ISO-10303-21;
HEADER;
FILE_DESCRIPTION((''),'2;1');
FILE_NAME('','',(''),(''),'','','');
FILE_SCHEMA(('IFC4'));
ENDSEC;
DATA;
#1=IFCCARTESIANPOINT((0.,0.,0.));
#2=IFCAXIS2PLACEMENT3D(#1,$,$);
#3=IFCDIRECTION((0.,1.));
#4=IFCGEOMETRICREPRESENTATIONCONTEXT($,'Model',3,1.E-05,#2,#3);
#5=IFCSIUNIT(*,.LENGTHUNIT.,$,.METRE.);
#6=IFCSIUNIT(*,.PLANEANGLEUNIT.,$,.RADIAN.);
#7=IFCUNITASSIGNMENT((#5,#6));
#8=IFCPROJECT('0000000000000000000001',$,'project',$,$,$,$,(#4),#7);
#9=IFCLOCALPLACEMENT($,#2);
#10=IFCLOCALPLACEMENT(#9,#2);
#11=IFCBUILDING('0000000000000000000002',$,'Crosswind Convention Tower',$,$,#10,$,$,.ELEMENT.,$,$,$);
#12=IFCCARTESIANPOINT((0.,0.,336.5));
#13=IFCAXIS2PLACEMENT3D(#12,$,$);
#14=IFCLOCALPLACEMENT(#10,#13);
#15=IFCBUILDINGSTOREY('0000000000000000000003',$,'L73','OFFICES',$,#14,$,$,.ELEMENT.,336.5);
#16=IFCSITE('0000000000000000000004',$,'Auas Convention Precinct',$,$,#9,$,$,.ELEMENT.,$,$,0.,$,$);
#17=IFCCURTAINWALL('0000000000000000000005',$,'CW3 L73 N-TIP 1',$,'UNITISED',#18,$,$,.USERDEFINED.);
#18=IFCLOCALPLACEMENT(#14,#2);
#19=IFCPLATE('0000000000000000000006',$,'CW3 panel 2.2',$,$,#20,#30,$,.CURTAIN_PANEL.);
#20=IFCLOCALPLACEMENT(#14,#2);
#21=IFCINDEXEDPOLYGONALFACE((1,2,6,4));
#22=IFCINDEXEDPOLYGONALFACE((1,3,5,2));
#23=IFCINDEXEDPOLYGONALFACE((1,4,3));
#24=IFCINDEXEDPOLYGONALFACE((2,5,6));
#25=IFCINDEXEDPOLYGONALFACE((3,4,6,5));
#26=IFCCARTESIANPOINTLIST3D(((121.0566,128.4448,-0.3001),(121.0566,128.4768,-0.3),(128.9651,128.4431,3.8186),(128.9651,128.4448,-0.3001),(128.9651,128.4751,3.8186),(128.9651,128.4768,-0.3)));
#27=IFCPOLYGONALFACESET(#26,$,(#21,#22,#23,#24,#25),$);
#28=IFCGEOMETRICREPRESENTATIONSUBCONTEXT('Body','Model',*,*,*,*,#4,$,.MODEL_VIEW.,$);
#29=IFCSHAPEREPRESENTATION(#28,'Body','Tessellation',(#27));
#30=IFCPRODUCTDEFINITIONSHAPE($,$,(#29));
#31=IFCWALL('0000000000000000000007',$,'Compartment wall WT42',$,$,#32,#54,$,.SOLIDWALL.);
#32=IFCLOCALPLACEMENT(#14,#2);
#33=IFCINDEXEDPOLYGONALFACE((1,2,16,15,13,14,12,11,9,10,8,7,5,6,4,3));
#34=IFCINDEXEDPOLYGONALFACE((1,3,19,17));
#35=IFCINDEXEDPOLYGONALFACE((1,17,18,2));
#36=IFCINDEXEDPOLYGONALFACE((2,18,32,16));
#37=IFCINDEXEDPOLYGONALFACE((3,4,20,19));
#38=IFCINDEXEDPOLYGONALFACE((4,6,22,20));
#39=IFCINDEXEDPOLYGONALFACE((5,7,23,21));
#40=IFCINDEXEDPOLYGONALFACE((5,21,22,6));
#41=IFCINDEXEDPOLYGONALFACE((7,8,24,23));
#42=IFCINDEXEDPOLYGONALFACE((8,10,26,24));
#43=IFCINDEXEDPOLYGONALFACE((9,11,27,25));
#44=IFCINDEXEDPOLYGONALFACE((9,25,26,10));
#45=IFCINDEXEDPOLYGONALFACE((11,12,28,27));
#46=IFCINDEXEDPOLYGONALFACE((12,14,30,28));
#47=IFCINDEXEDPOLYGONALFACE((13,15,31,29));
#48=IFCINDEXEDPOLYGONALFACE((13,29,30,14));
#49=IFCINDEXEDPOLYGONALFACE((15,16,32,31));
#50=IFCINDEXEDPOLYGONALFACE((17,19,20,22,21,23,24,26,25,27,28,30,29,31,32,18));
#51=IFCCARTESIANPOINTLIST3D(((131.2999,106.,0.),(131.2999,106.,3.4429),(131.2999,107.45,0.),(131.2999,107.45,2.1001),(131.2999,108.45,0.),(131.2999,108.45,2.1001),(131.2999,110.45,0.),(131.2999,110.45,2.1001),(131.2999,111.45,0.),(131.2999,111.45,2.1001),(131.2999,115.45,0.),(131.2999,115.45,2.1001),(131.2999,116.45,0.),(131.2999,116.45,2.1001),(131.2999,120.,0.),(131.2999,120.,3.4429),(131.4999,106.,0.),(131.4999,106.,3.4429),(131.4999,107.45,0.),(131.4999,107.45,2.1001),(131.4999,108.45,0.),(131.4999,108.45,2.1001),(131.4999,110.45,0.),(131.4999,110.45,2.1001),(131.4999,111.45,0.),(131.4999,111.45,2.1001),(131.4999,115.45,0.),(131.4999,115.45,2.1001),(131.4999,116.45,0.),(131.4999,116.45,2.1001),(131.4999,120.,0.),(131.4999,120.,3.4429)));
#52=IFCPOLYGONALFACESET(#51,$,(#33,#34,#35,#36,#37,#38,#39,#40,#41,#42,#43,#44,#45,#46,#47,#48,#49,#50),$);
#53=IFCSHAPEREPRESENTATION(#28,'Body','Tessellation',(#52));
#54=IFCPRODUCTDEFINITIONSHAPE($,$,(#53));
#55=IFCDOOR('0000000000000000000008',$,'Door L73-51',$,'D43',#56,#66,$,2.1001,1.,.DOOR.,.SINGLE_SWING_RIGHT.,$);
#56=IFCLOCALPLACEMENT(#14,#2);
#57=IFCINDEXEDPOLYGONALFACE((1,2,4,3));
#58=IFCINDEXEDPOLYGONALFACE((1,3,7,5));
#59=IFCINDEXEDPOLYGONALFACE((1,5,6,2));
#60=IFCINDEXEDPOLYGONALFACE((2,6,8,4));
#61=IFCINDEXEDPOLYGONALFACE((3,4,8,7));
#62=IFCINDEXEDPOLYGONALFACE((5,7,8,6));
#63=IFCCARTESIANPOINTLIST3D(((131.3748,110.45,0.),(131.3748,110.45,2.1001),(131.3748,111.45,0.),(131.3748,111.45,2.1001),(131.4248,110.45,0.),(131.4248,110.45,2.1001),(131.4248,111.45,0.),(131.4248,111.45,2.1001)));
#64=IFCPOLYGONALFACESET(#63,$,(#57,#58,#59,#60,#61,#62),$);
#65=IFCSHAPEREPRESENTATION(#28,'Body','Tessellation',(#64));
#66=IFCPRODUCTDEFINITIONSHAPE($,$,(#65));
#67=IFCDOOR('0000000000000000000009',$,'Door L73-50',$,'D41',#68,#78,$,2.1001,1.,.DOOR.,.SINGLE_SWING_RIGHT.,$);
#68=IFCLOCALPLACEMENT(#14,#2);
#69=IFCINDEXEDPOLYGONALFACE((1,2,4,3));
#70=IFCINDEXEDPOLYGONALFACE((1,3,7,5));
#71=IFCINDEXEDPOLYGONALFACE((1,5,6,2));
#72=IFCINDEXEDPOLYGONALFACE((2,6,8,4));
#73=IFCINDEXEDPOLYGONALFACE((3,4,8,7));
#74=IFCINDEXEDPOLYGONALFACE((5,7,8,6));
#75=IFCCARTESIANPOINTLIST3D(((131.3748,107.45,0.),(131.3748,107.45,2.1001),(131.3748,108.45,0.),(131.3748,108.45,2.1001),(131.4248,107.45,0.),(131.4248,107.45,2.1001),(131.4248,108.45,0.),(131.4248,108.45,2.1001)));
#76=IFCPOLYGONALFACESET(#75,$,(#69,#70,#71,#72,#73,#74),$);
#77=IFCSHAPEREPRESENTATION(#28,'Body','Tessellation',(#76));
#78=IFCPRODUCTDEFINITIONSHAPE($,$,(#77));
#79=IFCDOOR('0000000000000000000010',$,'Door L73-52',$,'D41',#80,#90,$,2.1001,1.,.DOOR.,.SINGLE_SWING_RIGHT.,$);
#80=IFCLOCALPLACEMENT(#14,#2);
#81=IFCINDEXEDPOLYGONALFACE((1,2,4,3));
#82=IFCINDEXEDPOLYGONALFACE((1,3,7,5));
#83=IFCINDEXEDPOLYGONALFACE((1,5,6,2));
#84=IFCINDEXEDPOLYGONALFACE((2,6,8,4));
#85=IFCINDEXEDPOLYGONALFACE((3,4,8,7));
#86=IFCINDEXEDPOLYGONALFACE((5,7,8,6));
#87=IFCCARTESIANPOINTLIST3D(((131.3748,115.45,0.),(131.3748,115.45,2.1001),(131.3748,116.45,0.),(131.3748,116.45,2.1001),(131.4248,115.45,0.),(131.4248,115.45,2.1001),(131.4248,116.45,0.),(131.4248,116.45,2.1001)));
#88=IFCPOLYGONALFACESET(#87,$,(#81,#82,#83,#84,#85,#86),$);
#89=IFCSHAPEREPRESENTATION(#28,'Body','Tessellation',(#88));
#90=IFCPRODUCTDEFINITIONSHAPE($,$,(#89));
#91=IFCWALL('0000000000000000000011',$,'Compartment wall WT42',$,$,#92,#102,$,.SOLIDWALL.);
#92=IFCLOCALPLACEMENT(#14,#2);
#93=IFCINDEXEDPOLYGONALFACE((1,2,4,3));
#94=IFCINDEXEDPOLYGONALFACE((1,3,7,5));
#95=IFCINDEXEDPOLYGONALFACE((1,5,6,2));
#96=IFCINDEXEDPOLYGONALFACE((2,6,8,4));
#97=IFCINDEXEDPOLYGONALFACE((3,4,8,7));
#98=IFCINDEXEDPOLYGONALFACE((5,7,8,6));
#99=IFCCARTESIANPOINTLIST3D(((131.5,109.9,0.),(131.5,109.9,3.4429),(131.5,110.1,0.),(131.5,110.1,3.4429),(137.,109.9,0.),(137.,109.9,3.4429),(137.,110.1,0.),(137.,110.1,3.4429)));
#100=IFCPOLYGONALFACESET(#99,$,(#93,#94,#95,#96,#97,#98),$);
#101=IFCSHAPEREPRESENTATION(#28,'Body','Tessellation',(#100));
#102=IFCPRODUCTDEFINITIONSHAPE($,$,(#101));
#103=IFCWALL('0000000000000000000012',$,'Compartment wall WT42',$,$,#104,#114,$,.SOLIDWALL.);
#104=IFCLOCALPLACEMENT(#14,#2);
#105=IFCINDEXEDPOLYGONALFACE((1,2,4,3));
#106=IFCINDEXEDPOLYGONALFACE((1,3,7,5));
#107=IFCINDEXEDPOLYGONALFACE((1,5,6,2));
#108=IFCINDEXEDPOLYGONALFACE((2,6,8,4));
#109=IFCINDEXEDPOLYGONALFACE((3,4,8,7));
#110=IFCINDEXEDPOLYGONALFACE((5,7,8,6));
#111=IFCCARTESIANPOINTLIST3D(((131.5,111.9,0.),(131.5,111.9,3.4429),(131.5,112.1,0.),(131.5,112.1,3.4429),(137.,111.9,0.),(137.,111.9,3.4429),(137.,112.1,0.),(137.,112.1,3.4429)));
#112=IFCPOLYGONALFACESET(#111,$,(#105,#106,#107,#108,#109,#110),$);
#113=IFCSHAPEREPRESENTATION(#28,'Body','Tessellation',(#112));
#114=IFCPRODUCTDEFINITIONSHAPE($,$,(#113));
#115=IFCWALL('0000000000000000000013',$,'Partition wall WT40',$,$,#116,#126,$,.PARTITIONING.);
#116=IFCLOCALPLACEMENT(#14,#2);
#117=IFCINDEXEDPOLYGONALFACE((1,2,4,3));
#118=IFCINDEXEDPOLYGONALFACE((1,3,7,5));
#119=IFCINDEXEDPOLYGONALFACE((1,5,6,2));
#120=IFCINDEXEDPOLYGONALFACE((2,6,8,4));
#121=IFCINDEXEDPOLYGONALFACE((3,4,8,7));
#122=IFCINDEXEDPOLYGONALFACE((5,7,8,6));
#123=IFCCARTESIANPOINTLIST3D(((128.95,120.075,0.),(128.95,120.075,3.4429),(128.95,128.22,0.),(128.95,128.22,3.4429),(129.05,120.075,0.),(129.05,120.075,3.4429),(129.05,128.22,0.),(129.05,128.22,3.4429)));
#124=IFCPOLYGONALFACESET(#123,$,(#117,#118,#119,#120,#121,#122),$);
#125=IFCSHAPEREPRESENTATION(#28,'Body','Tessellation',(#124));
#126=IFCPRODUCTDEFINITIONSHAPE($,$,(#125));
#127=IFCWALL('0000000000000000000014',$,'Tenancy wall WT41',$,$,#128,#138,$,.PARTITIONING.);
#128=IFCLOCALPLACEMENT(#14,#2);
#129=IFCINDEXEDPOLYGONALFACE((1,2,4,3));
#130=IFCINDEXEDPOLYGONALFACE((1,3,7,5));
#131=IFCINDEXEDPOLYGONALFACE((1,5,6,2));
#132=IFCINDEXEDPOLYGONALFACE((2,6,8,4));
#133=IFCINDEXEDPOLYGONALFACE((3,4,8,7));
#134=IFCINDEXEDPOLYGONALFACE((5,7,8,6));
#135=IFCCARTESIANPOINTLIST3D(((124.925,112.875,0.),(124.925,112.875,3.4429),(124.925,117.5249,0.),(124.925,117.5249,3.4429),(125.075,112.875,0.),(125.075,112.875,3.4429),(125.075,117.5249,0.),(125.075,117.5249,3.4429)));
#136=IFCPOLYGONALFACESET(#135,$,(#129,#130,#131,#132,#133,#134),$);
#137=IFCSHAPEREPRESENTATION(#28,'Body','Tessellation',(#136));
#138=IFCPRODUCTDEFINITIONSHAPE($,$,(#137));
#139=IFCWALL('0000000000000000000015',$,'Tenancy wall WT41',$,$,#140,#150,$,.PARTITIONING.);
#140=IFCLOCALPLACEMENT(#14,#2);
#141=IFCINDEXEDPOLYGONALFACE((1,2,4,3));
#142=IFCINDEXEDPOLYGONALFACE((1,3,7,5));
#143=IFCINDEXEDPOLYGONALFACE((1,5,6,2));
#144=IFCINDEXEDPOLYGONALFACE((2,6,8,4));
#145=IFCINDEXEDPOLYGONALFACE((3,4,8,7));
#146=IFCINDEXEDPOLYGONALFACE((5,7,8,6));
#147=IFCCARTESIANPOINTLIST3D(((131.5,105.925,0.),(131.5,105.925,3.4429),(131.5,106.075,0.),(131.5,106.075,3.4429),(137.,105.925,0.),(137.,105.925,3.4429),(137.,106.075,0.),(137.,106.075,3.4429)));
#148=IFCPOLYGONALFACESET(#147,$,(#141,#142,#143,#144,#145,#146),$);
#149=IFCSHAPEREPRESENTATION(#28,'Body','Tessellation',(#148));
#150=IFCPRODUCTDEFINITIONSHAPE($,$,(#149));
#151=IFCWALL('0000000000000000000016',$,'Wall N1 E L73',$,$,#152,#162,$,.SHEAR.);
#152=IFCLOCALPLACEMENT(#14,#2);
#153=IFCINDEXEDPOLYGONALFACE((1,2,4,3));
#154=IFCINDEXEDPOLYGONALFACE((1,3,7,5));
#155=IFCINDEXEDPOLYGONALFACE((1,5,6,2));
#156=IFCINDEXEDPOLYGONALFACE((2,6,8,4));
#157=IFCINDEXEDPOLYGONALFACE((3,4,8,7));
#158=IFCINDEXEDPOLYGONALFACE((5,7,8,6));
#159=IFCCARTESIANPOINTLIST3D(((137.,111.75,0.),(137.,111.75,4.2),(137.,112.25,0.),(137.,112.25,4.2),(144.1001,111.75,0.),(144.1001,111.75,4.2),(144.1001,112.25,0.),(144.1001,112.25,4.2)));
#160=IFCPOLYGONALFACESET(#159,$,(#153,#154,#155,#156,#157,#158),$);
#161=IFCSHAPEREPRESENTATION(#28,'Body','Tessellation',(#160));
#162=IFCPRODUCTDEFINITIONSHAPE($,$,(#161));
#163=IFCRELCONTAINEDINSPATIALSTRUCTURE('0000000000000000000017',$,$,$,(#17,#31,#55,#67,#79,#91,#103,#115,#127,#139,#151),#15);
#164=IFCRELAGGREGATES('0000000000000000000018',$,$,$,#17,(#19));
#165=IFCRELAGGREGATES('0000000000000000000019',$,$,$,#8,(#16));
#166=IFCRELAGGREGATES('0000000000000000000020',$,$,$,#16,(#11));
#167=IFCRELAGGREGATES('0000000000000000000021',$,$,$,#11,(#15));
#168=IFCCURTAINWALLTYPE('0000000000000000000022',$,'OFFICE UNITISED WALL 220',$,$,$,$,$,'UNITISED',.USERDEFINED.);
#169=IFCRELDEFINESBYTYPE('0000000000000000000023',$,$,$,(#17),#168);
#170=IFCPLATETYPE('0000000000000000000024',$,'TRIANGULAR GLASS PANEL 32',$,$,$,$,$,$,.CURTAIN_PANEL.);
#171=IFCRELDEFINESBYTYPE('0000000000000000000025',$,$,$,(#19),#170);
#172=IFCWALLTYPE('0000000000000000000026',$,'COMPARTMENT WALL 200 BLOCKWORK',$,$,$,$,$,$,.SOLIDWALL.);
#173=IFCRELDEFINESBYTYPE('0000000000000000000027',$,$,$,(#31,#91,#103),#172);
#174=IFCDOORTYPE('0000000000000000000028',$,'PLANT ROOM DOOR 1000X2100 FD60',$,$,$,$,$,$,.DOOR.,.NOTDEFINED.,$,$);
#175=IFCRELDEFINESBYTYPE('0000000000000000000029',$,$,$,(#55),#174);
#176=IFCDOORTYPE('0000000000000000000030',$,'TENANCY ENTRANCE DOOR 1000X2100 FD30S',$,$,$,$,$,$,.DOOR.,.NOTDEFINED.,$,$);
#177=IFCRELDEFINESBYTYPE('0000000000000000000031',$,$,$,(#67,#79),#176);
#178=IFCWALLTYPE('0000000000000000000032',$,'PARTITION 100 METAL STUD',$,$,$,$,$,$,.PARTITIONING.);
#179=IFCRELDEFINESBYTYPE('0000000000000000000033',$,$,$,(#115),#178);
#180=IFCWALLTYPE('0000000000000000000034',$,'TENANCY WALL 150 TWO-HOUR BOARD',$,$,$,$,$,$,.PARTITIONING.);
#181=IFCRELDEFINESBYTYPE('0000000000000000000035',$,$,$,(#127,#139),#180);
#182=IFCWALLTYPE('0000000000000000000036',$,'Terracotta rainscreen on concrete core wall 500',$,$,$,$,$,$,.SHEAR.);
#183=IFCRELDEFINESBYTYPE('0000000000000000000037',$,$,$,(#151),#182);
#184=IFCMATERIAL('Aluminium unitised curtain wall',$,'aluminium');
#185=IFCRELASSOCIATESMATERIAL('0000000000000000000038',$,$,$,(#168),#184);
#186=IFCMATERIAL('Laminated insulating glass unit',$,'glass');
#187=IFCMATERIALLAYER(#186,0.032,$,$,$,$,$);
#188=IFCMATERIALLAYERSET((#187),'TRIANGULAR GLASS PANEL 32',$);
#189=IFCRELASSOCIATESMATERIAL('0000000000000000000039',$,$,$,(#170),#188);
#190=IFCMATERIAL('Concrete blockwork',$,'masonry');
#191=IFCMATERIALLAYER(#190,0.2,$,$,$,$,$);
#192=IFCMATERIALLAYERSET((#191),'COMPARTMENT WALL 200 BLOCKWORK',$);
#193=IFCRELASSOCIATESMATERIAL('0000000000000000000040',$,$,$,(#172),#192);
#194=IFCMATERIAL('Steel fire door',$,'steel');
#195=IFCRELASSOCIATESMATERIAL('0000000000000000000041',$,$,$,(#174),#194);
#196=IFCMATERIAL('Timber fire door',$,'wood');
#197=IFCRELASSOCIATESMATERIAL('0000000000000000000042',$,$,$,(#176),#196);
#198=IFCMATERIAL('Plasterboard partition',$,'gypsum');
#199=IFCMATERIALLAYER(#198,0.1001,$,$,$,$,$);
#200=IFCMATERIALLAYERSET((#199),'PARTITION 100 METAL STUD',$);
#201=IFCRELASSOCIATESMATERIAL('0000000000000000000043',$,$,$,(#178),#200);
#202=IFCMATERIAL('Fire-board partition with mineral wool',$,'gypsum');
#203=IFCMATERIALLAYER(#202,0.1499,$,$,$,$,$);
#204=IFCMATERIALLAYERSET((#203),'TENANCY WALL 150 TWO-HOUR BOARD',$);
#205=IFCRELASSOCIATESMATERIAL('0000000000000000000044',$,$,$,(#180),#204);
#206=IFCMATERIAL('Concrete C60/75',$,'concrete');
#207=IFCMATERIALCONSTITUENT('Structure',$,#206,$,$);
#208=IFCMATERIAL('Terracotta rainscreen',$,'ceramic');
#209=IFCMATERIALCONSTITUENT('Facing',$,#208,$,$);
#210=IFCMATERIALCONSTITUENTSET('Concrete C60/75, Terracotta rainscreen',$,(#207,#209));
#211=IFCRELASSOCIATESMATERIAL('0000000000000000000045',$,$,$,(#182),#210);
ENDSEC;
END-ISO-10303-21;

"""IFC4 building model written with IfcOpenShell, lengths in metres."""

from ifc_helpers import new_model, si_unit, direction, frame, frame_2d, origin, place, context, subcontext, project, spatial, polyline, rectangle, outline, extrude, material, layer, layer_set, constituent, constituent_set, type_object, element, fill, aggregate, save


model = new_model("IFC4")

# Units and contexts
model_context = context("Model", 3, precision=1e-05, world=origin(), true_north=direction((0.0, 1.0)))
body_context = subcontext(model_context, "Body", "Model", "MODEL_VIEW")
ifc_project = project(units=[si_unit("LENGTHUNIT", "METRE"), si_unit("PLANEANGLEUNIT", "RADIAN")], contexts=[model_context])

# Site, building, storey
site_placement = place(None, origin())
site = spatial("IfcSite", under=ifc_project, at=site_placement, Name="Auas Convention Precinct", CompositionType="ELEMENT", RefElevation=0.0)
building_placement = place(site_placement, origin())
building = spatial("IfcBuilding", under=site, at=building_placement, Name="Crosswind Convention Tower", CompositionType="ELEMENT")
storey_placement = place(building_placement, frame((0.0, 0.0, 336.5)))
storey = spatial("IfcBuildingStorey", under=building, at=storey_placement, Name="L73", Description="OFFICES", CompositionType="ELEMENT", Elevation=336.5)

# Shared definitions
ifc_material_1 = material(Name="Concrete C60/75", Category="concrete")

# Curtain wall
ifc_material_2 = material(Name="Aluminium unitised curtain wall", Category="aluminium")
curtain_wall_type = type_object("IfcCurtainWallType", Name="OFFICE UNITISED WALL 220", ElementType="UNITISED", PredefinedType="USERDEFINED", material=ifc_material_2)
curtain_wall_placement = place(storey_placement, origin())
curtain_wall = element("IfcCurtainWall", 1, at=curtain_wall_placement, inside=storey, type_object=curtain_wall_type, Name="CW3 L73 N-TIP 1", ObjectType="UNITISED", PredefinedType="USERDEFINED")

# Plate
ifc_material_3 = material(Name="Laminated insulating glass unit", Category="glass")
ifc_layer_1 = layer(ifc_material_3, 0.032)
ifc_layer_set_1 = layer_set([ifc_layer_1], Name="TRIANGULAR GLASS PANEL 32")
plate_type = type_object("IfcPlateType", Name="TRIANGULAR GLASS PANEL 32", PredefinedType="CURTAIN_PANEL", material=ifc_layer_set_1)
plate_1_placement = place(storey_placement, frame((128.9651, 128.4768, -0.3), z_axis=(0.0, 1.0, 0.000415), x_axis=(-1.0, 0.0, 0.0)))
plate_1 = element("IfcPlate", 2, at=plate_1_placement, type_object=plate_type, Name="CW3 panel 2.2", PredefinedType="CURTAIN_PANEL", context=body_context, shape_type="SweptSolid", body=[
    extrude(outline(polyline([(0.0, 0.0), (7.9084, 0.0), (0.0, 4.1187), (0.0, 0.0)])), origin(), (0.0, 0.0, -1.0), 0.032),
])
aggregate(curtain_wall, [plate_1])

# Wall, openings, doors
ifc_material_4 = material(Name="Concrete blockwork", Category="masonry")
ifc_layer_2 = layer(ifc_material_4, 0.2)
ifc_layer_set_2 = layer_set([ifc_layer_2], Name="COMPARTMENT WALL 200 BLOCKWORK")
wall_type_1 = type_object("IfcWallType", Name="COMPARTMENT WALL 200 BLOCKWORK", PredefinedType="SOLIDWALL", material=ifc_layer_set_2)
wall_1_placement = place(storey_placement, frame((131.3999, 106.0, 0.0), z_axis=(0.0, 0.0, 1.0), x_axis=(0.0, 1.0, 0.0)))
wall_1 = element("IfcWall", 3, at=wall_1_placement, inside=storey, type_object=wall_type_1, Name="Compartment wall WT42", PredefinedType="SOLIDWALL", context=body_context, shape_type="SweptSolid", body=[
    extrude(rectangle(XDim=14.0, YDim=0.2, at=frame_2d((7.0, 0.0))), origin(), (0.0, 0.0, 1.0), 3.4429),
])
opening_1_placement = place(wall_1_placement, frame((1.45, 0.0, 0.0)))
opening_1 = element("IfcOpeningElement", 4, at=opening_1_placement, cuts=wall_1, PredefinedType="OPENING", context=body_context, shape_type="SweptSolid", body=[
    extrude(rectangle(XDim=1.0, YDim=2.1001, at=frame_2d((0.5, 1.05))), frame((0.0, 0.1099, 0.0), z_axis=(0.0, -1.0, 0.0), x_axis=(1.0, 0.0, 0.0)), (0.0, 0.0, 1.0), 0.22),
])
opening_2_placement = place(wall_1_placement, frame((4.45, 0.0, 0.0)))
opening_2 = element("IfcOpeningElement", 5, at=opening_2_placement, cuts=wall_1, PredefinedType="OPENING", context=body_context, shape_type="SweptSolid", body=[
    extrude(rectangle(XDim=1.0, YDim=2.1001, at=frame_2d((0.5, 1.05))), frame((0.0, 0.1099, 0.0), z_axis=(0.0, -1.0, 0.0), x_axis=(1.0, 0.0, 0.0)), (0.0, 0.0, 1.0), 0.22),
])
opening_3_placement = place(wall_1_placement, frame((9.45, 0.0, 0.0)))
opening_3 = element("IfcOpeningElement", 6, at=opening_3_placement, cuts=wall_1, PredefinedType="OPENING", context=body_context, shape_type="SweptSolid", body=[
    extrude(rectangle(XDim=1.0, YDim=2.1001, at=frame_2d((0.5, 1.05))), frame((0.0, 0.1099, 0.0), z_axis=(0.0, -1.0, 0.0), x_axis=(1.0, 0.0, 0.0)), (0.0, 0.0, 1.0), 0.22),
])
ifc_material_5 = material(Name="Steel fire door", Category="steel")
door_type_1 = type_object("IfcDoorType", Name="PLANT ROOM DOOR 1000X2100 FD60", OperationType="NOTDEFINED", PredefinedType="DOOR", material=ifc_material_5)
door_1_placement = place(opening_2_placement, frame((1.0, 0.0, 0.0), z_axis=(0.0, 0.0, 1.0), x_axis=(-1.0, 0.0, 0.0)))
door_1 = element("IfcDoor", 7, at=door_1_placement, inside=storey, type_object=door_type_1, Name="Door L73-51", ObjectType="D43", OperationType="SINGLE_SWING_RIGHT", OverallHeight=2.1001, OverallWidth=1.0, PredefinedType="DOOR", context=body_context, shape_type="SweptSolid", body=[
    extrude(rectangle(XDim=1.0, YDim=2.1001, at=frame_2d((0.5, 1.05))), frame((0.0, 0.0249, 0.0), z_axis=(0.0, -1.0, 0.0), x_axis=(1.0, 0.0, 0.0)), (0.0, 0.0, 1.0), 0.05),
])
fill(opening_2, door_1)
ifc_material_6 = material(Name="Timber fire door", Category="wood")
door_type_2 = type_object("IfcDoorType", Name="TENANCY ENTRANCE DOOR 1000X2100 FD30S", OperationType="NOTDEFINED", PredefinedType="DOOR", material=ifc_material_6)
door_2_placement = place(opening_1_placement, frame((1.0, 0.0, 0.0), z_axis=(0.0, 0.0, 1.0), x_axis=(-1.0, 0.0, 0.0)))
door_2 = element("IfcDoor", 8, at=door_2_placement, inside=storey, type_object=door_type_2, Name="Door L73-50", ObjectType="D41", OperationType="SINGLE_SWING_RIGHT", OverallHeight=2.1001, OverallWidth=1.0, PredefinedType="DOOR", context=body_context, shape_type="SweptSolid", body=[
    extrude(rectangle(XDim=1.0, YDim=2.1001, at=frame_2d((0.5, 1.05))), frame((0.0, 0.0249, 0.0), z_axis=(0.0, -1.0, 0.0), x_axis=(1.0, 0.0, 0.0)), (0.0, 0.0, 1.0), 0.05),
])
fill(opening_1, door_2)
door_3_placement = place(opening_3_placement, frame((1.0, 0.0, 0.0), z_axis=(0.0, 0.0, 1.0), x_axis=(-1.0, 0.0, 0.0)))
door_3 = element("IfcDoor", 9, at=door_3_placement, inside=storey, type_object=door_type_2, Name="Door L73-52", ObjectType="D41", OperationType="SINGLE_SWING_RIGHT", OverallHeight=2.1001, OverallWidth=1.0, PredefinedType="DOOR", context=body_context, shape_type="SweptSolid", body=[
    extrude(rectangle(XDim=1.0, YDim=2.1001, at=frame_2d((0.5, 1.05))), frame((0.0, 0.0249, 0.0), z_axis=(0.0, -1.0, 0.0), x_axis=(1.0, 0.0, 0.0)), (0.0, 0.0, 1.0), 0.05),
])
fill(opening_3, door_3)

# Walls
for number, where, z_axis, x_axis, name in (
    (10, (131.5, 110.0, 0.0), (0.0, 0.0, 1.0), (1.0, 0.0, 0.0), "Compartment wall WT42"),
    (11, (131.5, 112.0, 0.0), (0.0, 0.0, 1.0), (1.0, 0.0, 0.0), "Compartment wall WT42"),
):
    element("IfcWall", number, at=place(storey_placement, frame(where, z_axis=z_axis, x_axis=x_axis)), inside=storey, type_object=wall_type_1, Name=name, PredefinedType="SOLIDWALL", context=body_context, shape_type="SweptSolid", body=[
        extrude(rectangle(XDim=5.5, YDim=0.2, at=frame_2d((2.75, 0.0))), origin(), (0.0, 0.0, 1.0), 3.4429),
    ])
ifc_material_7 = material(Name="Plasterboard partition", Category="gypsum")
ifc_layer_3 = layer(ifc_material_7, 0.1001)
ifc_layer_set_3 = layer_set([ifc_layer_3], Name="PARTITION 100 METAL STUD")
wall_type_2 = type_object("IfcWallType", Name="PARTITION 100 METAL STUD", PredefinedType="PARTITIONING", material=ifc_layer_set_3)
wall_2_placement = place(storey_placement, frame((129.0, 120.075, 0.0), z_axis=(0.0, 0.0, 1.0), x_axis=(0.0, 1.0, 0.0)))
element("IfcWall", 12, at=wall_2_placement, inside=storey, type_object=wall_type_2, Name="Partition wall WT40", PredefinedType="PARTITIONING", context=body_context, shape_type="SweptSolid", body=[
    extrude(rectangle(XDim=8.145, YDim=0.1001, at=frame_2d((4.0725, 0.0))), origin(), (0.0, 0.0, 1.0), 3.4429),
])
ifc_material_8 = material(Name="Fire-board partition with mineral wool", Category="gypsum")
ifc_layer_4 = layer(ifc_material_8, 0.1499)
ifc_layer_set_4 = layer_set([ifc_layer_4], Name="TENANCY WALL 150 TWO-HOUR BOARD")
wall_type_3 = type_object("IfcWallType", Name="TENANCY WALL 150 TWO-HOUR BOARD", PredefinedType="PARTITIONING", material=ifc_layer_set_4)
wall_3_placement = place(storey_placement, frame((125.0, 112.875, 0.0), z_axis=(0.0, 0.0, 1.0), x_axis=(0.0, 1.0, 0.0)))
element("IfcWall", 13, at=wall_3_placement, inside=storey, type_object=wall_type_3, Name="Tenancy wall WT41", PredefinedType="PARTITIONING", context=body_context, shape_type="SweptSolid", body=[
    extrude(rectangle(XDim=4.6499, YDim=0.1499, at=frame_2d((2.325, 0.0))), origin(), (0.0, 0.0, 1.0), 3.4429),
])
wall_4_placement = place(storey_placement, frame((131.5, 106.0, 0.0), z_axis=(0.0, 0.0, 1.0), x_axis=(1.0, 0.0, 0.0)))
element("IfcWall", 14, at=wall_4_placement, inside=storey, type_object=wall_type_3, Name="Tenancy wall WT41", PredefinedType="PARTITIONING", context=body_context, shape_type="SweptSolid", body=[
    extrude(rectangle(XDim=5.5, YDim=0.1499, at=frame_2d((2.75, 0.0))), origin(), (0.0, 0.0, 1.0), 3.4429),
])
ifc_constituent_1 = constituent(ifc_material_1, Name="Structure")
ifc_material_9 = material(Name="Terracotta rainscreen", Category="ceramic")
ifc_constituent_2 = constituent(ifc_material_9, Name="Facing")
ifc_constituent_set = constituent_set(constituents=[ifc_constituent_1, ifc_constituent_2], Name="Concrete C60/75, Terracotta rainscreen")
wall_type_4 = type_object("IfcWallType", Name="Terracotta rainscreen on concrete core wall 500", PredefinedType="SHEAR", material=ifc_constituent_set)
wall_5_placement = place(storey_placement, frame((137.0, 112.0, 0.0), z_axis=(0.0, 0.0, 1.0), x_axis=(1.0, 0.0, 0.0)))
element("IfcWall", 15, at=wall_5_placement, inside=storey, type_object=wall_type_4, Name="Wall N1 E L73", PredefinedType="SHEAR", context=body_context, shape_type="SweptSolid", body=[
    extrude(rectangle(XDim=7.1001, YDim=0.5, at=frame_2d((3.55, 0.0))), origin(), (0.0, 0.0, 1.0), 4.2),
])

save(model, "model.ifc")
